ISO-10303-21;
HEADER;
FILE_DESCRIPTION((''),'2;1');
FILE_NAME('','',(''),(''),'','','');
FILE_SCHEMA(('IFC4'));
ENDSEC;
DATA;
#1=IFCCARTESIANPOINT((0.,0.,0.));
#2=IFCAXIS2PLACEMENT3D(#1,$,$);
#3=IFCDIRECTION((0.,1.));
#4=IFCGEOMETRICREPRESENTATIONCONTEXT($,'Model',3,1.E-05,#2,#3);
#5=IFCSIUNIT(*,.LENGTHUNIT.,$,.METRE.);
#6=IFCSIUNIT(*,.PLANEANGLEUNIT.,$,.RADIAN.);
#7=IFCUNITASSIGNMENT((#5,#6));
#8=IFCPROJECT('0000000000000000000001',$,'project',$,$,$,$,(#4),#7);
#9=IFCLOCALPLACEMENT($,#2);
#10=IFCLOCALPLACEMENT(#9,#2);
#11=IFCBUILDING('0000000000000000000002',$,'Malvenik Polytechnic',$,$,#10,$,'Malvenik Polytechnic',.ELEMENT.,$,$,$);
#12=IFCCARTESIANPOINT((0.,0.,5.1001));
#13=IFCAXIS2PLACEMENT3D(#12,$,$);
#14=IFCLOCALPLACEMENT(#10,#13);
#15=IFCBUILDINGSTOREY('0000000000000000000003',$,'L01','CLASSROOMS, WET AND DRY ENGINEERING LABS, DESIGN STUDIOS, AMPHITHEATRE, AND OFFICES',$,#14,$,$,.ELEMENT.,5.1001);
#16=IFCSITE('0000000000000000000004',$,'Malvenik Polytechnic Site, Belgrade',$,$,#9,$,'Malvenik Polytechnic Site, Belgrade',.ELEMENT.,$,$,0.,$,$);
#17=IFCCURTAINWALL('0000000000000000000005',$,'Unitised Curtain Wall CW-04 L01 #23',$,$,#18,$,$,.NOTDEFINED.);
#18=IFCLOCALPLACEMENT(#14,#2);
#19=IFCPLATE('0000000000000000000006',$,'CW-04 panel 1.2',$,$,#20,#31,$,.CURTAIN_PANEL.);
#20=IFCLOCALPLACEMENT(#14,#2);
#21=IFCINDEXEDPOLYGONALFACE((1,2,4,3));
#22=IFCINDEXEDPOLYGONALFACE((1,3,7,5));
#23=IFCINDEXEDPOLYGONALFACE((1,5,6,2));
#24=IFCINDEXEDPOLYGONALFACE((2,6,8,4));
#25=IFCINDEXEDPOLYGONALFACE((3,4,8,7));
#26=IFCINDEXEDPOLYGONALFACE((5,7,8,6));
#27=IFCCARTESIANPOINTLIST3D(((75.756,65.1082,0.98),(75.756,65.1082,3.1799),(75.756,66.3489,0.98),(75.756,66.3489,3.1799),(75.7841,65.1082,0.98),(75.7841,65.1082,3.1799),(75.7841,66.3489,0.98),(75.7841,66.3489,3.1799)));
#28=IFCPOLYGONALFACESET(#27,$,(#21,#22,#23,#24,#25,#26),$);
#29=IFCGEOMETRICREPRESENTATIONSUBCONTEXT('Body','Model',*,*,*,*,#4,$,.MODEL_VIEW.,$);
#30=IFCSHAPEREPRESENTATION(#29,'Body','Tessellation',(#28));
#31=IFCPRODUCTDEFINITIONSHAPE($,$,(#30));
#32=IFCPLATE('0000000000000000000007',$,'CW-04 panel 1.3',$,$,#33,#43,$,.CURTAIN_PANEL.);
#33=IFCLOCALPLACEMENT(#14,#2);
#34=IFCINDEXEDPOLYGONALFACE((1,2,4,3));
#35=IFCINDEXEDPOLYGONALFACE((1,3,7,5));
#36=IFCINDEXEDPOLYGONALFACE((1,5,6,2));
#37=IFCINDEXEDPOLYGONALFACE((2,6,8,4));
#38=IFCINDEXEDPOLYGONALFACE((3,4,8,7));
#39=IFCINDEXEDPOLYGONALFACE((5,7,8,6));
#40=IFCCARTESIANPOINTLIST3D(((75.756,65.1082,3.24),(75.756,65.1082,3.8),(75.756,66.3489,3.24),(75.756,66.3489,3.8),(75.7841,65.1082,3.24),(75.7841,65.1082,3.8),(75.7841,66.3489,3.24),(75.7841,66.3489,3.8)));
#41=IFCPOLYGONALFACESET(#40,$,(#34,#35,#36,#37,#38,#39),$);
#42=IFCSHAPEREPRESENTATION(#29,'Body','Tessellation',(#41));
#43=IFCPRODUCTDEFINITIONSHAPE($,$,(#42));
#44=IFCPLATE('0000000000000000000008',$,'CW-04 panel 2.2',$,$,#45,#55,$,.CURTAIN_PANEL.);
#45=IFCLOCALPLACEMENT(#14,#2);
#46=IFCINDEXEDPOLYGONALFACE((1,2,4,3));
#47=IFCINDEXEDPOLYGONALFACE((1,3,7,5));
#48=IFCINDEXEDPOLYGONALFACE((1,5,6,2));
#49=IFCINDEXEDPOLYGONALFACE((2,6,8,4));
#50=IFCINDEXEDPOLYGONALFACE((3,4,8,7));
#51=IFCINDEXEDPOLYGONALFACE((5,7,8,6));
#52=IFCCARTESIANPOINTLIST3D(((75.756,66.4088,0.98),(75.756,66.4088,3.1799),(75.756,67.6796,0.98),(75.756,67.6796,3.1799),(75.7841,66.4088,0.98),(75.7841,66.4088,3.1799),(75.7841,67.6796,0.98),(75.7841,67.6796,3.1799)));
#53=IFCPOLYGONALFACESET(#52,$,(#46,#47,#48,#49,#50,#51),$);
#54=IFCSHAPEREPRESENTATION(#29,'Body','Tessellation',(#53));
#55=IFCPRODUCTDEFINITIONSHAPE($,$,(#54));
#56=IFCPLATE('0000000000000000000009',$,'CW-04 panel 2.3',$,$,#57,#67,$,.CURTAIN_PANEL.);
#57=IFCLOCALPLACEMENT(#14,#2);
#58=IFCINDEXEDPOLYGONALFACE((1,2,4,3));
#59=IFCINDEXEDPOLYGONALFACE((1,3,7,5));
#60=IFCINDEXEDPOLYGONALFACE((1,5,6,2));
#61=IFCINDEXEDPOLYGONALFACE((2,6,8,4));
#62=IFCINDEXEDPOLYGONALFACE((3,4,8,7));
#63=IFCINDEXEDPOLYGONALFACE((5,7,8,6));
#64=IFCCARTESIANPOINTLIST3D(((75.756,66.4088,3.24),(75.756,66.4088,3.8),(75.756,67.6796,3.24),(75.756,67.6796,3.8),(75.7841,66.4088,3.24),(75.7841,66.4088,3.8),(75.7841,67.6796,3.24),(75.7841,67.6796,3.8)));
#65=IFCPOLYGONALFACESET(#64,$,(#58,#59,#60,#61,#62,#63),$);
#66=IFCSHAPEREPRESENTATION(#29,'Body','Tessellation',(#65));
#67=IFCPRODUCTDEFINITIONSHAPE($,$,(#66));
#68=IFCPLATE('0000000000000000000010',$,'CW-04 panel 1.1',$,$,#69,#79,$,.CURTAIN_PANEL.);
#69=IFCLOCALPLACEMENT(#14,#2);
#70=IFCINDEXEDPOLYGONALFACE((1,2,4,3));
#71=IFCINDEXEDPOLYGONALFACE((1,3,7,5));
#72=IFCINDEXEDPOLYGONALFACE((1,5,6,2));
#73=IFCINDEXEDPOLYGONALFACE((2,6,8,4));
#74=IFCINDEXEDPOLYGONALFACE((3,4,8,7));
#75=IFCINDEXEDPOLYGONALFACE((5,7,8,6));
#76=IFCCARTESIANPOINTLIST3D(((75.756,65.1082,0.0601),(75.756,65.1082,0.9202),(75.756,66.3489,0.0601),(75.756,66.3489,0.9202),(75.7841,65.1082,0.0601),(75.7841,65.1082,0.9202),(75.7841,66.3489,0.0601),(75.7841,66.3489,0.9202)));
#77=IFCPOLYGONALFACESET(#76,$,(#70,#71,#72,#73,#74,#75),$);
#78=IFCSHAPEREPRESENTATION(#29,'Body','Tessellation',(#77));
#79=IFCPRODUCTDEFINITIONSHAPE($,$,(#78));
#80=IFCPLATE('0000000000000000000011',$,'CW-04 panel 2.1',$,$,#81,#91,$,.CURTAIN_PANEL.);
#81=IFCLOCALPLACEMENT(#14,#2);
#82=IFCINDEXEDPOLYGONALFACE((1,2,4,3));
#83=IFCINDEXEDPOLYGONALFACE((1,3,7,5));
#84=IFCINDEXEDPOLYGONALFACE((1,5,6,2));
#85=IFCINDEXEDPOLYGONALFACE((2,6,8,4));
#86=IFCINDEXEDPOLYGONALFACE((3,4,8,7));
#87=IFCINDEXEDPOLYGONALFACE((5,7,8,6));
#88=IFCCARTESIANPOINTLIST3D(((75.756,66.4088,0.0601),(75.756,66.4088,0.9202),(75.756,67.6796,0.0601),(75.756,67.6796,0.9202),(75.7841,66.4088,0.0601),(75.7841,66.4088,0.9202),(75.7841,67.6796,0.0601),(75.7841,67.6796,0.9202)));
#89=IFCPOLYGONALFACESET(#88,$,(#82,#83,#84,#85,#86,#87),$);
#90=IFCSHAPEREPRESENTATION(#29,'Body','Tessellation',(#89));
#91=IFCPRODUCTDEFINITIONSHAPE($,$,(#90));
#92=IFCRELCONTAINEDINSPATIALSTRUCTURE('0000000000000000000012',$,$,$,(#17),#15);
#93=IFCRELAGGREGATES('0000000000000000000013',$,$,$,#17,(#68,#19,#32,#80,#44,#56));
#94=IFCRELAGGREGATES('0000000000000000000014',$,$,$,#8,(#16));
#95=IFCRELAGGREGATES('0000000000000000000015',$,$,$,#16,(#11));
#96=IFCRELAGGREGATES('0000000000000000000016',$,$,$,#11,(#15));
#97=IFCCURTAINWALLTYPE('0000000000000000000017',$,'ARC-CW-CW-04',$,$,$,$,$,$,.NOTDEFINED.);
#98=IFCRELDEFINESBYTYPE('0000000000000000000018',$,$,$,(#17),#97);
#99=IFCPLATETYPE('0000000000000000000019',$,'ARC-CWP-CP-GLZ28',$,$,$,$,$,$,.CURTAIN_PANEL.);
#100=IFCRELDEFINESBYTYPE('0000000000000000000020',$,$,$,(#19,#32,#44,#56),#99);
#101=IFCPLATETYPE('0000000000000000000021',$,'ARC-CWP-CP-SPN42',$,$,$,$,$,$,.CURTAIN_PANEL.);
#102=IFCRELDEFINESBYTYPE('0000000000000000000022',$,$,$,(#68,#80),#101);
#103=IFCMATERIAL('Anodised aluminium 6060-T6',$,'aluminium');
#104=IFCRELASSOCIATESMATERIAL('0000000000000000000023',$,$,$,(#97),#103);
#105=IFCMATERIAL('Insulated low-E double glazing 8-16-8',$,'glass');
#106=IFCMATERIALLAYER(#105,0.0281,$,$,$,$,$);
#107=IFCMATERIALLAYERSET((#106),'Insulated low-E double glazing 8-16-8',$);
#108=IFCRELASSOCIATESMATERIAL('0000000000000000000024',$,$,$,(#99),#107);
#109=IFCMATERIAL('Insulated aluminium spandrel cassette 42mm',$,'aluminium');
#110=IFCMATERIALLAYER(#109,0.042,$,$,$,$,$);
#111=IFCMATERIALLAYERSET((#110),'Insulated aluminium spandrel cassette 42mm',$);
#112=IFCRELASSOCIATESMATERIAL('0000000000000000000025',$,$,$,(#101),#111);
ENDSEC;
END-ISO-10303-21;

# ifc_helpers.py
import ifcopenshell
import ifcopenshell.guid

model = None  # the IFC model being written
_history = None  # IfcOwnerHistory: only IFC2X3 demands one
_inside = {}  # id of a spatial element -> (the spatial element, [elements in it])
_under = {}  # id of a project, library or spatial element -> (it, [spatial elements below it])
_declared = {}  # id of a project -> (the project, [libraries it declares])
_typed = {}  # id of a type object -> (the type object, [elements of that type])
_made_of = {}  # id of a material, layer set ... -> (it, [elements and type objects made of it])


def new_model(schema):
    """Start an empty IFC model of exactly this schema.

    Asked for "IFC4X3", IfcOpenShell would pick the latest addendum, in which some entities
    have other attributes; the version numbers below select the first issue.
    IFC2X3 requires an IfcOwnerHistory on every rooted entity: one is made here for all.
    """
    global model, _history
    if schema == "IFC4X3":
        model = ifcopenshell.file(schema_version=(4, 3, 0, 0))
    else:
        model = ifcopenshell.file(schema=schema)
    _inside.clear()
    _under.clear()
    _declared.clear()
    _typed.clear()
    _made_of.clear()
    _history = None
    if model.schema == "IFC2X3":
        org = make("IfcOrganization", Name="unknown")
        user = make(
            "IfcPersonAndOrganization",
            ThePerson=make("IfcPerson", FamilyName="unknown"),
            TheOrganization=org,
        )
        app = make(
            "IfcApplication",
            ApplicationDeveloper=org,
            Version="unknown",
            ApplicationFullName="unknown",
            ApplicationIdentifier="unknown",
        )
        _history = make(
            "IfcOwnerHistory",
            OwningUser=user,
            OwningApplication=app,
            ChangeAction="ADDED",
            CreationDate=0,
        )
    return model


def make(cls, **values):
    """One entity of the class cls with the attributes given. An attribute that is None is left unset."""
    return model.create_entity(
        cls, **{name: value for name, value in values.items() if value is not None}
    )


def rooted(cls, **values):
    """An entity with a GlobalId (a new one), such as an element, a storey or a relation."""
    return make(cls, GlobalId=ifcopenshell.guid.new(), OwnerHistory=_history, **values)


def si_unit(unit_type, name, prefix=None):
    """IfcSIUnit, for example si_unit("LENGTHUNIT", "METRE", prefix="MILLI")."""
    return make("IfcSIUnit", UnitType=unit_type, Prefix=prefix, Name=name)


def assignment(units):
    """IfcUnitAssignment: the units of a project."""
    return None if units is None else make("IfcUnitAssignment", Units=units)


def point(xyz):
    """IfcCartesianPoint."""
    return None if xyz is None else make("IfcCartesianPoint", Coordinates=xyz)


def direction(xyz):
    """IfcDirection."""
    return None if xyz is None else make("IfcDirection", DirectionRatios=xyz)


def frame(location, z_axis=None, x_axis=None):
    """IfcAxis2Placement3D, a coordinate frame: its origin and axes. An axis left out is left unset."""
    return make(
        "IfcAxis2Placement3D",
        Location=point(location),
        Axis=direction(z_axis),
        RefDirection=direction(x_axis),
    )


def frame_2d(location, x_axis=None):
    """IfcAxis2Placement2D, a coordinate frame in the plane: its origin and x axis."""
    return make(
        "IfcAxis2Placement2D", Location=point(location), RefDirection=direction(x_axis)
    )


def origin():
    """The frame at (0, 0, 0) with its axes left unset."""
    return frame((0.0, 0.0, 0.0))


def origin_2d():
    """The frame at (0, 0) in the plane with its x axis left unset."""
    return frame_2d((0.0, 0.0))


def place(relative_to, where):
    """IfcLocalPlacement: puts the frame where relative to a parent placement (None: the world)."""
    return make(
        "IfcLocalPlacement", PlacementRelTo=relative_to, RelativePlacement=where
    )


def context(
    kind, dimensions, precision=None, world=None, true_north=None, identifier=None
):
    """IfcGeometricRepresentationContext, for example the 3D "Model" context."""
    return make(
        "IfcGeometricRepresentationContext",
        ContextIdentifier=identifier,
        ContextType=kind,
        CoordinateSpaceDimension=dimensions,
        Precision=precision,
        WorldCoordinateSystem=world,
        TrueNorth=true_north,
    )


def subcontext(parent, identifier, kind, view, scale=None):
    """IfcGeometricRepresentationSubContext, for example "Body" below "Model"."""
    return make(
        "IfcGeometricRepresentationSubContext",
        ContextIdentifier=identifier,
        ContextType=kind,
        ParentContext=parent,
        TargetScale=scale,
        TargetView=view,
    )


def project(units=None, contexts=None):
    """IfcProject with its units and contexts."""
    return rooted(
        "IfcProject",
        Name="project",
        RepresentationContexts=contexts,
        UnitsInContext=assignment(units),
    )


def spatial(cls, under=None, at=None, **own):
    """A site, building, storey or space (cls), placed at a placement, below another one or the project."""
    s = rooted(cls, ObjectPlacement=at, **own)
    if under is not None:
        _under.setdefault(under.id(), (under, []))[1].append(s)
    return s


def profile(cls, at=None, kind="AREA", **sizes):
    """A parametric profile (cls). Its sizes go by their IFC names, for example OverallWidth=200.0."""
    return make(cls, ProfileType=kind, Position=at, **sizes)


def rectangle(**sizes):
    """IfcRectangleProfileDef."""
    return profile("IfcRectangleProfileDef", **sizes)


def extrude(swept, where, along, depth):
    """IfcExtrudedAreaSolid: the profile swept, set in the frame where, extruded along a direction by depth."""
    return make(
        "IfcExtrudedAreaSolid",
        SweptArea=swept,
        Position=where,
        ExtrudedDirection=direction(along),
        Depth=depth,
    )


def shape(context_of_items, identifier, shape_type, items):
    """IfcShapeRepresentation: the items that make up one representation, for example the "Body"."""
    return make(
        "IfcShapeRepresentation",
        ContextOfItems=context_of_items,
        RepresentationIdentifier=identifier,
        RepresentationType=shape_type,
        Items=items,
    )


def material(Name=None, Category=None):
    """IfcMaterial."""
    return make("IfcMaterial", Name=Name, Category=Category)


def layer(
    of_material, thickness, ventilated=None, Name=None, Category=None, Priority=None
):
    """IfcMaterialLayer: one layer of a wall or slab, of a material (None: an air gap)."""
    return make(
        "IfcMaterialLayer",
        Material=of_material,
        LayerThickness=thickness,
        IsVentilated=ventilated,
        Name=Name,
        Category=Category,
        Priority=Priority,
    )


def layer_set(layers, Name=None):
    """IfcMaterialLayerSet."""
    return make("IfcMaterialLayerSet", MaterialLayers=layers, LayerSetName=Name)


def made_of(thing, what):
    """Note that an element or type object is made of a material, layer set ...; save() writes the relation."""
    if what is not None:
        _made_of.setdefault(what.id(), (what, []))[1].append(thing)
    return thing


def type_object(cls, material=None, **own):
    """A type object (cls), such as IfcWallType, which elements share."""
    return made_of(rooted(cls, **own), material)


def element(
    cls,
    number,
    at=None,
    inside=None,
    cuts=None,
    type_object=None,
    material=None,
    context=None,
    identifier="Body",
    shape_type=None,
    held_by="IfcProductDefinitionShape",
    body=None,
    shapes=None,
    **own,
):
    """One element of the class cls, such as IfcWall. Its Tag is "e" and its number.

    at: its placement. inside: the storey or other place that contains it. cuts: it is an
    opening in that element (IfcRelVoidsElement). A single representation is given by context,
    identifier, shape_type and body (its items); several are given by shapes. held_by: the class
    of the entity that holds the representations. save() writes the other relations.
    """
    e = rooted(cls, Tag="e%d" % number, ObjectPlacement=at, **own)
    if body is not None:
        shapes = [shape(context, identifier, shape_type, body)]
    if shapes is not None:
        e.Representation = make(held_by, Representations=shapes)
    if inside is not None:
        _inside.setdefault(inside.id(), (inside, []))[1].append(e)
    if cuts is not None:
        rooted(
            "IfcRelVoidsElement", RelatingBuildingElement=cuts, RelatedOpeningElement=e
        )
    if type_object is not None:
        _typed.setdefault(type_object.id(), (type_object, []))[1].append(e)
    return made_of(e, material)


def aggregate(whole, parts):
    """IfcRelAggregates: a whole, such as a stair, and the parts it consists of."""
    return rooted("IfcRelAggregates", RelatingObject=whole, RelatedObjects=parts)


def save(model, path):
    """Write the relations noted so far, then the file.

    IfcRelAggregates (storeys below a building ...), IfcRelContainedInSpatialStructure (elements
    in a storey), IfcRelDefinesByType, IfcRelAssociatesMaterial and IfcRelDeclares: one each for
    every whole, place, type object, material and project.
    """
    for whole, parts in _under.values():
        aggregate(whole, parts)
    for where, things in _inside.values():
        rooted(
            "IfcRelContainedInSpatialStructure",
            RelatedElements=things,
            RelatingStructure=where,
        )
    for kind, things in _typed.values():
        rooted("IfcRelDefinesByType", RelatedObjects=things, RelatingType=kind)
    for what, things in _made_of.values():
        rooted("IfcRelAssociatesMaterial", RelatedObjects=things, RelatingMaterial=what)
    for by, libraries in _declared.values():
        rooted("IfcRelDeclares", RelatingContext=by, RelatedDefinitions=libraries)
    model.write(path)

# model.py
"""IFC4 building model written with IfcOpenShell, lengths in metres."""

from ifc_helpers import new_model, si_unit, direction, frame, origin, origin_2d, place, context, subcontext, project, spatial, rectangle, extrude, material, layer, layer_set, type_object, element, aggregate, save


model = new_model("IFC4")

# Units and contexts
model_context = context("Model", 3, precision=1e-05, world=origin(), true_north=direction((0.0, 1.0)))
body_context = subcontext(model_context, "Body", "Model", "MODEL_VIEW")
ifc_project = project(units=[si_unit("LENGTHUNIT", "METRE"), si_unit("PLANEANGLEUNIT", "RADIAN")], contexts=[model_context])

# Site, building, storey
site_placement = place(None, origin())
site = spatial("IfcSite", under=ifc_project, at=site_placement, Name="Malvenik Polytechnic Site, Belgrade", LongName="Malvenik Polytechnic Site, Belgrade", CompositionType="ELEMENT", RefElevation=0.0)
building_placement = place(site_placement, origin())
building = spatial("IfcBuilding", under=site, at=building_placement, Name="Malvenik Polytechnic", LongName="Malvenik Polytechnic", CompositionType="ELEMENT")
storey_placement = place(building_placement, frame((0.0, 0.0, 5.1001)))
storey = spatial("IfcBuildingStorey", under=building, at=storey_placement, Name="L01", Description="CLASSROOMS, WET AND DRY ENGINEERING LABS, DESIGN STUDIOS, AMPHITHEATRE, AND OFFICES", CompositionType="ELEMENT", Elevation=5.1001)

# Curtain wall, plates
ifc_material_1 = material(Name="Anodised aluminium 6060-T6", Category="aluminium")
curtain_wall_type = type_object("IfcCurtainWallType", Name="ARC-CW-CW-04", PredefinedType="NOTDEFINED", material=ifc_material_1)
curtain_wall_placement = place(storey_placement, origin())
curtain_wall = element("IfcCurtainWall", 1, at=curtain_wall_placement, inside=storey, type_object=curtain_wall_type, Name="Unitised Curtain Wall CW-04 L01 #23", PredefinedType="NOTDEFINED")
ifc_material_2 = material(Name="Insulated low-E double glazing 8-16-8", Category="glass")
ifc_layer_1 = layer(ifc_material_2, 0.0281)
ifc_layer_set_1 = layer_set([ifc_layer_1], Name="Insulated low-E double glazing 8-16-8")
plate_type_1 = type_object("IfcPlateType", Name="ARC-CWP-CP-GLZ28", PredefinedType="CURTAIN_PANEL", material=ifc_layer_set_1)
plate_1_placement = place(storey_placement, frame((75.77, 65.7285, 0.98), z_axis=(0.0, 0.0, 1.0), x_axis=(0.0, 1.0, 0.0)))
plate_1 = element("IfcPlate", 2, at=plate_1_placement, type_object=plate_type_1, Name="CW-04 panel 1.2", PredefinedType="CURTAIN_PANEL", context=body_context, shape_type="SweptSolid", body=[
    extrude(rectangle(XDim=1.2407, YDim=0.0281, at=origin_2d()), origin(), (0.0, 0.0, 1.0), 2.2),
])
plate_2_placement = place(storey_placement, frame((75.77, 65.7285, 3.24), z_axis=(0.0, 0.0, 1.0), x_axis=(0.0, 1.0, 0.0)))
plate_2 = element("IfcPlate", 3, at=plate_2_placement, type_object=plate_type_1, Name="CW-04 panel 1.3", PredefinedType="CURTAIN_PANEL", context=body_context, shape_type="SweptSolid", body=[
    extrude(rectangle(XDim=1.2407, YDim=0.0281, at=origin_2d()), origin(), (0.0, 0.0, 1.0), 0.5601),
])
plate_3_placement = place(storey_placement, frame((75.77, 67.0442, 0.98), z_axis=(0.0, 0.0, 1.0), x_axis=(0.0, 1.0, 0.0)))
plate_3 = element("IfcPlate", 4, at=plate_3_placement, type_object=plate_type_1, Name="CW-04 panel 2.2", PredefinedType="CURTAIN_PANEL", context=body_context, shape_type="SweptSolid", body=[
    extrude(rectangle(XDim=1.2708, YDim=0.0281, at=origin_2d()), origin(), (0.0, 0.0, 1.0), 2.2),
])
plate_4_placement = place(storey_placement, frame((75.77, 67.0442, 3.24), z_axis=(0.0, 0.0, 1.0), x_axis=(0.0, 1.0, 0.0)))
plate_4 = element("IfcPlate", 5, at=plate_4_placement, type_object=plate_type_1, Name="CW-04 panel 2.3", PredefinedType="CURTAIN_PANEL", context=body_context, shape_type="SweptSolid", body=[
    extrude(rectangle(XDim=1.2708, YDim=0.0281, at=origin_2d()), origin(), (0.0, 0.0, 1.0), 0.5601),
])
ifc_material_3 = material(Name="Insulated aluminium spandrel cassette 42mm", Category="aluminium")
ifc_layer_2 = layer(ifc_material_3, 0.042)
ifc_layer_set_2 = layer_set([ifc_layer_2], Name="Insulated aluminium spandrel cassette 42mm")
plate_type_2 = type_object("IfcPlateType", Name="ARC-CWP-CP-SPN42", PredefinedType="CURTAIN_PANEL", material=ifc_layer_set_2)
plate_5_placement = place(storey_placement, frame((75.77, 65.7285, 0.0601), z_axis=(0.0, 0.0, 1.0), x_axis=(0.0, 1.0, 0.0)))
plate_5 = element("IfcPlate", 6, at=plate_5_placement, type_object=plate_type_2, Name="CW-04 panel 1.1", PredefinedType="CURTAIN_PANEL", context=body_context, shape_type="SweptSolid", body=[
    extrude(rectangle(XDim=1.2407, YDim=0.0281, at=origin_2d()), origin(), (0.0, 0.0, 1.0), 0.8601),
])
plate_6_placement = place(storey_placement, frame((75.77, 67.0442, 0.0601), z_axis=(0.0, 0.0, 1.0), x_axis=(0.0, 1.0, 0.0)))
plate_6 = element("IfcPlate", 7, at=plate_6_placement, type_object=plate_type_2, Name="CW-04 panel 2.1", PredefinedType="CURTAIN_PANEL", context=body_context, shape_type="SweptSolid", body=[
    extrude(rectangle(XDim=1.2708, YDim=0.0281, at=origin_2d()), origin(), (0.0, 0.0, 1.0), 0.8601),
])
aggregate(curtain_wall, [plate_5, plate_1, plate_2, plate_6, plate_3, plate_4])

save(model, "model.ifc")
